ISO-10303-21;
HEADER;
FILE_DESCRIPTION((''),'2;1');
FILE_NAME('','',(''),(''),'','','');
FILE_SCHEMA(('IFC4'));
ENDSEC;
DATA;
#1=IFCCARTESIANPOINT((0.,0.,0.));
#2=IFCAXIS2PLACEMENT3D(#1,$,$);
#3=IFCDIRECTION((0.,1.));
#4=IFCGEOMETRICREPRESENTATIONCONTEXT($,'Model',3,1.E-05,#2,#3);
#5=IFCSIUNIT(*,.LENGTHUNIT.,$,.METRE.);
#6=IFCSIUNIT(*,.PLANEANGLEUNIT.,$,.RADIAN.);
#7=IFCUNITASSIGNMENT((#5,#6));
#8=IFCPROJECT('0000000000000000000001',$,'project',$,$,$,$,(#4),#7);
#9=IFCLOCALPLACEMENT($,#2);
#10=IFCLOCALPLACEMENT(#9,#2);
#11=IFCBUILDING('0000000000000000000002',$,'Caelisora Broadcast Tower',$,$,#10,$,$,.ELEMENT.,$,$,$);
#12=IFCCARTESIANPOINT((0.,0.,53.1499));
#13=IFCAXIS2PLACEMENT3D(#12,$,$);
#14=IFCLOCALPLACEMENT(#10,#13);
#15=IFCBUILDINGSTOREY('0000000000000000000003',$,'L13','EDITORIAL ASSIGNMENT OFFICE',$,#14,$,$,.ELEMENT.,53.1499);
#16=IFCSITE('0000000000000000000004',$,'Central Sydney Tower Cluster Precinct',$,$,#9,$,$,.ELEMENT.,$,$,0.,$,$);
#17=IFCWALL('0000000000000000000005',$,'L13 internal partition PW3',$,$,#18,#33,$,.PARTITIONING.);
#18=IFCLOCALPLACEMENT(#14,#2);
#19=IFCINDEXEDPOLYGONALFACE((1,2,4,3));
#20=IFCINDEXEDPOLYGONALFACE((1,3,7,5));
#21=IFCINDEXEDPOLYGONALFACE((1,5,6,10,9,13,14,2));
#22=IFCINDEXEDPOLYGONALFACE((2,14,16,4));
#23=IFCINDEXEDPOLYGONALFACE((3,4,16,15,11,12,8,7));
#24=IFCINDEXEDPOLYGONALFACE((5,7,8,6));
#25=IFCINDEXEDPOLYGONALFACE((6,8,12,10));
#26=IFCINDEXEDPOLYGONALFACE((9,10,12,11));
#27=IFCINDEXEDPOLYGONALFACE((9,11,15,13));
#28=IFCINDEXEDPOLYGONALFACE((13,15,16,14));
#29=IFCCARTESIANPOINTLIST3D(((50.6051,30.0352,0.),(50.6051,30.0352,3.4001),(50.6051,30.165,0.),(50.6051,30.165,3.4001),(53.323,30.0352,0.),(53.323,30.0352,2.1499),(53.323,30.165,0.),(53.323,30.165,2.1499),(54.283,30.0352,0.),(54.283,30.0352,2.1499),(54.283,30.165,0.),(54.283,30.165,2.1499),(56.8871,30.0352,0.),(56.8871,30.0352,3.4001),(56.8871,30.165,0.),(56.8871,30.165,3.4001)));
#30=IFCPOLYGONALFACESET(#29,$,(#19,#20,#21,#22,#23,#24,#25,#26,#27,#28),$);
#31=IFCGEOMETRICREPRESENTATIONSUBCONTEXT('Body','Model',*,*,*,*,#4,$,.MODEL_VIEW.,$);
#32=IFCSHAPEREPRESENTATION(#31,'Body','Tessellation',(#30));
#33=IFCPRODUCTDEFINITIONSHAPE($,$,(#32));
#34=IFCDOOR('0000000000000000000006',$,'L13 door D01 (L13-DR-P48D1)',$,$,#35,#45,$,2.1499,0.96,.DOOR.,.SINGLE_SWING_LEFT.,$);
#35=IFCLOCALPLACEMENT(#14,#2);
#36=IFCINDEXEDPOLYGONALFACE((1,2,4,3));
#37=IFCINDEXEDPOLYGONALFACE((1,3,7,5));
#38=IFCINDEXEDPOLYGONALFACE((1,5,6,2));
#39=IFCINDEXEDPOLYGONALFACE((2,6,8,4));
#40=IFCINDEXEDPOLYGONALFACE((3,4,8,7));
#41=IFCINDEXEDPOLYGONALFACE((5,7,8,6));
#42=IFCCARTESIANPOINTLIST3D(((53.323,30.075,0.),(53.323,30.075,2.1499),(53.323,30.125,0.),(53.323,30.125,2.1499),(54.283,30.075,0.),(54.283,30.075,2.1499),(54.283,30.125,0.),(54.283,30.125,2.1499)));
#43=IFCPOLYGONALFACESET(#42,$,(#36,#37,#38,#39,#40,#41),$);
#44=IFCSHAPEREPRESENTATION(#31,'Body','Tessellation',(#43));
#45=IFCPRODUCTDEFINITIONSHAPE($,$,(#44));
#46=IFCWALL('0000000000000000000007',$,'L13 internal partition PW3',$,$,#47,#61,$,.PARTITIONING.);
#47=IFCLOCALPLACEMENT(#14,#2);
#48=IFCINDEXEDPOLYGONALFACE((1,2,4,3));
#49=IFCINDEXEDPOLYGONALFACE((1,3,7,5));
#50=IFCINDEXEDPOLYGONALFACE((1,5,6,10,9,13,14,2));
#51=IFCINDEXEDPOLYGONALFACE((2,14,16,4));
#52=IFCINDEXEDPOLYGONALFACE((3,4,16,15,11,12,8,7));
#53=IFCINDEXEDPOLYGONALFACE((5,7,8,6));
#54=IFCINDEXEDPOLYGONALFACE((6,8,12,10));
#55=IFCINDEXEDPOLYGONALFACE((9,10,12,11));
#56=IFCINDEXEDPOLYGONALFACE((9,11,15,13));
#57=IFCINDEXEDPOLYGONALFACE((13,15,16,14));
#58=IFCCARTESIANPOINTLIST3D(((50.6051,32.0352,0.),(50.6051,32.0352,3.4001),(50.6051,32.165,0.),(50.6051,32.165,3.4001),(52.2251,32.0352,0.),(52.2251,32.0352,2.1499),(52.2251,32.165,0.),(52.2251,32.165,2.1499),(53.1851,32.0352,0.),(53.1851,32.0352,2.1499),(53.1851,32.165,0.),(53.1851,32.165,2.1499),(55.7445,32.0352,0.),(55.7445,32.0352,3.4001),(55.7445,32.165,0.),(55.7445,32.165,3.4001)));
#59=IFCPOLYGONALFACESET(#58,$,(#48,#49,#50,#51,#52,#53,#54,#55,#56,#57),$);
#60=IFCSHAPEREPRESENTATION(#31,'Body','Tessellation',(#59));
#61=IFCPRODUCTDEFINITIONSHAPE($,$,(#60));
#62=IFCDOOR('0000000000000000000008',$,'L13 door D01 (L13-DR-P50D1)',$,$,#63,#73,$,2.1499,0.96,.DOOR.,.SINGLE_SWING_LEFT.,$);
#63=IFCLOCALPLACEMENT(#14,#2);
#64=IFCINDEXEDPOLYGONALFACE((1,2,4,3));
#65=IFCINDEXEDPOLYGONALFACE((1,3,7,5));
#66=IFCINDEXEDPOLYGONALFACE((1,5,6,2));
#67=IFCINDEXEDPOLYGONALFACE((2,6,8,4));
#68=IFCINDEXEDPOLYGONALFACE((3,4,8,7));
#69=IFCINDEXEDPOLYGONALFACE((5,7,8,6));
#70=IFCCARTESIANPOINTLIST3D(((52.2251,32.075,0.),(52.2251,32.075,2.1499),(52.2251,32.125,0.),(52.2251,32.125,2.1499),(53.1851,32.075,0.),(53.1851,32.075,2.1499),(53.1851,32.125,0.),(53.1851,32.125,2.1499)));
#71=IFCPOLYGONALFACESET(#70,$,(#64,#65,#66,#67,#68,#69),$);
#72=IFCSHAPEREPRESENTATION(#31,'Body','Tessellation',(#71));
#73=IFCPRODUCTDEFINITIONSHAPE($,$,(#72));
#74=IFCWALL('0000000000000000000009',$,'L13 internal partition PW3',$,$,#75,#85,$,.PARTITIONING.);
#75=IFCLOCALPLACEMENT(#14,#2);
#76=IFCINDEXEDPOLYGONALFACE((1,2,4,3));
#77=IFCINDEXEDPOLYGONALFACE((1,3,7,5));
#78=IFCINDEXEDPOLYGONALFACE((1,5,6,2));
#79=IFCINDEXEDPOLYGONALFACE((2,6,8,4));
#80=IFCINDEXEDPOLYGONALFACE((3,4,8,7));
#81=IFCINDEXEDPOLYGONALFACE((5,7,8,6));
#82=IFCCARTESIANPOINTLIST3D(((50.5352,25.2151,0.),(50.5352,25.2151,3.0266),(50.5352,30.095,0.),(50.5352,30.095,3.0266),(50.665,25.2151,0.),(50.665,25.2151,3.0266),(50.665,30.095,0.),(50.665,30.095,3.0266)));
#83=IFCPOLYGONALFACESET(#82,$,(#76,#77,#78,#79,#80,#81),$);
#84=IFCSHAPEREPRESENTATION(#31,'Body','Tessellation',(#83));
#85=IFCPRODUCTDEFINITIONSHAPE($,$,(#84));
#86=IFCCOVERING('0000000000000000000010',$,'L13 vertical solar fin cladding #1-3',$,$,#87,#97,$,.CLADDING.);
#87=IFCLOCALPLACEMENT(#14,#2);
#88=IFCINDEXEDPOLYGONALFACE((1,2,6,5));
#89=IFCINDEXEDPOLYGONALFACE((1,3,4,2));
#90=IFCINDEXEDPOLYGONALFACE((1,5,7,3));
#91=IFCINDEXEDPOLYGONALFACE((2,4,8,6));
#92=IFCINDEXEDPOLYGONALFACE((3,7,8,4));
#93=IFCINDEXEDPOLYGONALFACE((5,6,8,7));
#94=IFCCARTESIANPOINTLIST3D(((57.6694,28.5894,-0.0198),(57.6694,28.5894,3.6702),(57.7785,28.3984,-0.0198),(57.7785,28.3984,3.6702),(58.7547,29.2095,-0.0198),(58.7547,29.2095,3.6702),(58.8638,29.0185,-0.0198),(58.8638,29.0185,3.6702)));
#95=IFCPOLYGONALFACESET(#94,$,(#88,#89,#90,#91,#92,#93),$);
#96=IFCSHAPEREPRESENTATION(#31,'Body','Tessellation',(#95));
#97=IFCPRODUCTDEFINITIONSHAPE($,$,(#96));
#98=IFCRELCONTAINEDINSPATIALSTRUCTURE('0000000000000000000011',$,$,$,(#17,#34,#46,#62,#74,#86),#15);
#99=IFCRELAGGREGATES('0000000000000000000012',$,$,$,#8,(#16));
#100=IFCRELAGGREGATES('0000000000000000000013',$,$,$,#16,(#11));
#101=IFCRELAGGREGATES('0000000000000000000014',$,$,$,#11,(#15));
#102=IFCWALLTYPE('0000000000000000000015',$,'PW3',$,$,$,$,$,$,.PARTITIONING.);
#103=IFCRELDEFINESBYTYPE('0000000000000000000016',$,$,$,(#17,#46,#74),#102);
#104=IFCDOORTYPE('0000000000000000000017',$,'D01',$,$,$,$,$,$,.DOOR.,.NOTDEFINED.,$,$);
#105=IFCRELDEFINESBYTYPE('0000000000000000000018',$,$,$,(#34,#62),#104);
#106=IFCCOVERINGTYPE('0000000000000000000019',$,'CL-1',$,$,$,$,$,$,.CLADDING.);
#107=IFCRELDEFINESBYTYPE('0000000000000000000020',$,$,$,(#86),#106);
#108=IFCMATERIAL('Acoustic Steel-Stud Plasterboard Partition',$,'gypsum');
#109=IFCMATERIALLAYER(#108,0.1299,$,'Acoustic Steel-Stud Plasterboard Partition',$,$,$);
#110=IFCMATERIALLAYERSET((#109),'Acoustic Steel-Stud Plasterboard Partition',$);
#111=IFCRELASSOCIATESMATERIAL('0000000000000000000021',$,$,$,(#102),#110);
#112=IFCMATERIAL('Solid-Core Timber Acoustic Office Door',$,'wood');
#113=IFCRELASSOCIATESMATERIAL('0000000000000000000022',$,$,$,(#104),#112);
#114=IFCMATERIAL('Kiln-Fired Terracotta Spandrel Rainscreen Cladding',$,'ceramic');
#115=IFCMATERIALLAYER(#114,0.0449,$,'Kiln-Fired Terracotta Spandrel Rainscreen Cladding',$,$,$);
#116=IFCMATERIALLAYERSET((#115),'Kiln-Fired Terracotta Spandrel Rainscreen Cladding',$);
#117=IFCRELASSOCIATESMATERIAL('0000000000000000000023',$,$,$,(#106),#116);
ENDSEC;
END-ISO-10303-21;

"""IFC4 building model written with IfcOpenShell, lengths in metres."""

from ifc_helpers import new_model, si_unit, direction, frame, frame_2d, origin, origin_2d, place, context, subcontext, project, spatial, rectangle, extrude, source, transform, mapped, material, layer, layer_set, type_object, type_shapes, element, fill, save


model = new_model("IFC4")

# Units and contexts
model_context = context("Model", 3, precision=1e-05, world=origin(), true_north=direction((0.0, 1.0)))
body_context = subcontext(model_context, "Body", "Model", "MODEL_VIEW")
ifc_project = project(units=[si_unit("LENGTHUNIT", "METRE"), si_unit("PLANEANGLEUNIT", "RADIAN")], contexts=[model_context])

# Site, building, storey
site_placement = place(None, origin())
site = spatial("IfcSite", under=ifc_project, at=site_placement, Name="Central Sydney Tower Cluster Precinct", CompositionType="ELEMENT", RefElevation=0.0)
building_placement = place(site_placement, origin())
building = spatial("IfcBuilding", under=site, at=building_placement, Name="Caelisora Broadcast Tower", CompositionType="ELEMENT")
storey_placement = place(building_placement, frame((0.0, 0.0, 53.1499)))
storey = spatial("IfcBuildingStorey", under=building, at=storey_placement, Name="L13", Description="EDITORIAL ASSIGNMENT OFFICE", CompositionType="ELEMENT", Elevation=53.1499)

# Shared definitions
ifc_material_1 = material(Name="Acoustic Steel-Stud Plasterboard Partition", Category="gypsum")
ifc_layer_1 = layer(ifc_material_1, 0.1299, Name="Acoustic Steel-Stud Plasterboard Partition")
ifc_layer_set_1 = layer_set([ifc_layer_1], Name="Acoustic Steel-Stud Plasterboard Partition")
wall_type = type_object("IfcWallType", Name="PW3", PredefinedType="PARTITIONING", material=ifc_layer_set_1)

# Walls, openings, doors
wall_1_placement = place(storey_placement, frame((50.605, 30.1001, 0.0), z_axis=(0.0, 0.0, 1.0), x_axis=(1.0, 0.0, 0.0)))
wall_1 = element("IfcWall", 1, at=wall_1_placement, inside=storey, type_object=wall_type, Name="L13 internal partition PW3", PredefinedType="PARTITIONING", context=body_context, shape_type="SweptSolid", body=[
    extrude(rectangle(XDim=6.282, YDim=0.1299, at=frame_2d((3.1411, 0.0))), origin(), (0.0, 0.0, 1.0), 3.4001),
])
opening_1_placement = place(wall_1_placement, frame((2.718, 0.0, 0.0)))
opening_1 = element("IfcOpeningElement", 2, at=opening_1_placement, cuts=wall_1, PredefinedType="OPENING", context=body_context, shape_type="SweptSolid", body=[
    extrude(rectangle(XDim=0.96, YDim=2.1499, at=frame_2d((0.48, 1.075))), frame((0.0, 0.0769, 0.0), z_axis=(0.0, -1.0, 0.0), x_axis=(1.0, 0.0, 0.0)), (0.0, 0.0, 1.0), 0.1538),
])
ifc_material_2 = material(Name="Solid-Core Timber Acoustic Office Door", Category="wood")
door_type = type_object("IfcDoorType", Name="D01", OperationType="NOTDEFINED", PredefinedType="DOOR", material=ifc_material_2)
door_1_placement = place(opening_1_placement, origin())
door_1 = element("IfcDoor", 3, at=door_1_placement, inside=storey, type_object=door_type, Name="L13 door D01 (L13-DR-P48D1)", OperationType="SINGLE_SWING_LEFT", OverallHeight=2.1499, OverallWidth=0.96, PredefinedType="DOOR", context=body_context, shape_type="SweptSolid", body=[
    extrude(rectangle(XDim=0.96, YDim=2.1499, at=frame_2d((0.48, 1.075))), frame((0.0, 0.0249, 0.0), z_axis=(0.0, -1.0, 0.0), x_axis=(1.0, 0.0, 0.0)), (0.0, 0.0, 1.0), 0.05),
])
fill(opening_1, door_1)
wall_2_placement = place(storey_placement, frame((50.605, 32.1001, 0.0), z_axis=(0.0, 0.0, 1.0), x_axis=(1.0, 0.0, 0.0)))
wall_2 = element("IfcWall", 4, at=wall_2_placement, inside=storey, type_object=wall_type, Name="L13 internal partition PW3", PredefinedType="PARTITIONING", context=body_context, shape_type="SweptSolid", body=[
    extrude(rectangle(XDim=5.1394, YDim=0.1299, at=frame_2d((2.5698, 0.0))), origin(), (0.0, 0.0, 1.0), 3.4001),
])
opening_2_placement = place(wall_2_placement, frame((1.6201, 0.0, 0.0)))
opening_2 = element("IfcOpeningElement", 5, at=opening_2_placement, cuts=wall_2, PredefinedType="OPENING", context=body_context, shape_type="SweptSolid", body=[
    extrude(rectangle(XDim=0.96, YDim=2.1499, at=frame_2d((0.48, 1.075))), frame((0.0, 0.0769, 0.0), z_axis=(0.0, -1.0, 0.0), x_axis=(1.0, 0.0, 0.0)), (0.0, 0.0, 1.0), 0.1538),
])
door_2_placement = place(opening_2_placement, origin())
door_2 = element("IfcDoor", 6, at=door_2_placement, inside=storey, type_object=door_type, Name="L13 door D01 (L13-DR-P50D1)", OperationType="SINGLE_SWING_LEFT", OverallHeight=2.1499, OverallWidth=0.96, PredefinedType="DOOR", context=body_context, shape_type="SweptSolid", body=[
    extrude(rectangle(XDim=0.96, YDim=2.1499, at=frame_2d((0.48, 1.075))), frame((0.0, 0.0249, 0.0), z_axis=(0.0, -1.0, 0.0), x_axis=(1.0, 0.0, 0.0)), (0.0, 0.0, 1.0), 0.05),
])
fill(opening_2, door_2)

# Wall
wall_3_placement = place(storey_placement, frame((50.6001, 25.2151, 0.0), z_axis=(0.0, 0.0, 1.0), x_axis=(0.0, 1.0, 0.0)))
element("IfcWall", 7, at=wall_3_placement, inside=storey, type_object=wall_type, Name="L13 internal partition PW3", PredefinedType="PARTITIONING", context=body_context, shape_type="SweptSolid", body=[
    extrude(rectangle(XDim=4.8799, YDim=0.1299, at=frame_2d((2.4399, 0.0))), origin(), (0.0, 0.0, 1.0), 3.0266),
])

# Covering
ifc_material_3 = material(Name="Kiln-Fired Terracotta Spandrel Rainscreen Cladding", Category="ceramic")
ifc_layer_2 = layer(ifc_material_3, 0.0449, Name="Kiln-Fired Terracotta Spandrel Rainscreen Cladding")
ifc_layer_set_2 = layer_set([ifc_layer_2], Name="Kiln-Fired Terracotta Spandrel Rainscreen Cladding")
covering_type = type_object("IfcCoveringType", Name="CL-1", PredefinedType="CLADDING", material=ifc_layer_set_2)
shared_shape_1 = source(origin(), body_context, "Body", "SweptSolid", [
    extrude(rectangle(XDim=0.22, YDim=1.25, at=origin_2d()), origin(), (0.0, 0.0, 1.0), 3.6899),
])
type_shapes(covering_type, [shared_shape_1])
covering_placement = place(storey_placement, frame((58.2666, 28.804, -0.0198), z_axis=(0.0, 0.0, 1.0), x_axis=(0.496065, -0.868285, 0.0)))
element("IfcCovering", 8, at=covering_placement, inside=storey, type_object=covering_type, Name="L13 vertical solar fin cladding #1-3", PredefinedType="CLADDING", context=body_context, shape_type="MappedRepresentation", body=[
    mapped(shared_shape_1, transform((0.0, 0.0, 0.0), scale=1.0)),
])

save(model, "model.ifc")
